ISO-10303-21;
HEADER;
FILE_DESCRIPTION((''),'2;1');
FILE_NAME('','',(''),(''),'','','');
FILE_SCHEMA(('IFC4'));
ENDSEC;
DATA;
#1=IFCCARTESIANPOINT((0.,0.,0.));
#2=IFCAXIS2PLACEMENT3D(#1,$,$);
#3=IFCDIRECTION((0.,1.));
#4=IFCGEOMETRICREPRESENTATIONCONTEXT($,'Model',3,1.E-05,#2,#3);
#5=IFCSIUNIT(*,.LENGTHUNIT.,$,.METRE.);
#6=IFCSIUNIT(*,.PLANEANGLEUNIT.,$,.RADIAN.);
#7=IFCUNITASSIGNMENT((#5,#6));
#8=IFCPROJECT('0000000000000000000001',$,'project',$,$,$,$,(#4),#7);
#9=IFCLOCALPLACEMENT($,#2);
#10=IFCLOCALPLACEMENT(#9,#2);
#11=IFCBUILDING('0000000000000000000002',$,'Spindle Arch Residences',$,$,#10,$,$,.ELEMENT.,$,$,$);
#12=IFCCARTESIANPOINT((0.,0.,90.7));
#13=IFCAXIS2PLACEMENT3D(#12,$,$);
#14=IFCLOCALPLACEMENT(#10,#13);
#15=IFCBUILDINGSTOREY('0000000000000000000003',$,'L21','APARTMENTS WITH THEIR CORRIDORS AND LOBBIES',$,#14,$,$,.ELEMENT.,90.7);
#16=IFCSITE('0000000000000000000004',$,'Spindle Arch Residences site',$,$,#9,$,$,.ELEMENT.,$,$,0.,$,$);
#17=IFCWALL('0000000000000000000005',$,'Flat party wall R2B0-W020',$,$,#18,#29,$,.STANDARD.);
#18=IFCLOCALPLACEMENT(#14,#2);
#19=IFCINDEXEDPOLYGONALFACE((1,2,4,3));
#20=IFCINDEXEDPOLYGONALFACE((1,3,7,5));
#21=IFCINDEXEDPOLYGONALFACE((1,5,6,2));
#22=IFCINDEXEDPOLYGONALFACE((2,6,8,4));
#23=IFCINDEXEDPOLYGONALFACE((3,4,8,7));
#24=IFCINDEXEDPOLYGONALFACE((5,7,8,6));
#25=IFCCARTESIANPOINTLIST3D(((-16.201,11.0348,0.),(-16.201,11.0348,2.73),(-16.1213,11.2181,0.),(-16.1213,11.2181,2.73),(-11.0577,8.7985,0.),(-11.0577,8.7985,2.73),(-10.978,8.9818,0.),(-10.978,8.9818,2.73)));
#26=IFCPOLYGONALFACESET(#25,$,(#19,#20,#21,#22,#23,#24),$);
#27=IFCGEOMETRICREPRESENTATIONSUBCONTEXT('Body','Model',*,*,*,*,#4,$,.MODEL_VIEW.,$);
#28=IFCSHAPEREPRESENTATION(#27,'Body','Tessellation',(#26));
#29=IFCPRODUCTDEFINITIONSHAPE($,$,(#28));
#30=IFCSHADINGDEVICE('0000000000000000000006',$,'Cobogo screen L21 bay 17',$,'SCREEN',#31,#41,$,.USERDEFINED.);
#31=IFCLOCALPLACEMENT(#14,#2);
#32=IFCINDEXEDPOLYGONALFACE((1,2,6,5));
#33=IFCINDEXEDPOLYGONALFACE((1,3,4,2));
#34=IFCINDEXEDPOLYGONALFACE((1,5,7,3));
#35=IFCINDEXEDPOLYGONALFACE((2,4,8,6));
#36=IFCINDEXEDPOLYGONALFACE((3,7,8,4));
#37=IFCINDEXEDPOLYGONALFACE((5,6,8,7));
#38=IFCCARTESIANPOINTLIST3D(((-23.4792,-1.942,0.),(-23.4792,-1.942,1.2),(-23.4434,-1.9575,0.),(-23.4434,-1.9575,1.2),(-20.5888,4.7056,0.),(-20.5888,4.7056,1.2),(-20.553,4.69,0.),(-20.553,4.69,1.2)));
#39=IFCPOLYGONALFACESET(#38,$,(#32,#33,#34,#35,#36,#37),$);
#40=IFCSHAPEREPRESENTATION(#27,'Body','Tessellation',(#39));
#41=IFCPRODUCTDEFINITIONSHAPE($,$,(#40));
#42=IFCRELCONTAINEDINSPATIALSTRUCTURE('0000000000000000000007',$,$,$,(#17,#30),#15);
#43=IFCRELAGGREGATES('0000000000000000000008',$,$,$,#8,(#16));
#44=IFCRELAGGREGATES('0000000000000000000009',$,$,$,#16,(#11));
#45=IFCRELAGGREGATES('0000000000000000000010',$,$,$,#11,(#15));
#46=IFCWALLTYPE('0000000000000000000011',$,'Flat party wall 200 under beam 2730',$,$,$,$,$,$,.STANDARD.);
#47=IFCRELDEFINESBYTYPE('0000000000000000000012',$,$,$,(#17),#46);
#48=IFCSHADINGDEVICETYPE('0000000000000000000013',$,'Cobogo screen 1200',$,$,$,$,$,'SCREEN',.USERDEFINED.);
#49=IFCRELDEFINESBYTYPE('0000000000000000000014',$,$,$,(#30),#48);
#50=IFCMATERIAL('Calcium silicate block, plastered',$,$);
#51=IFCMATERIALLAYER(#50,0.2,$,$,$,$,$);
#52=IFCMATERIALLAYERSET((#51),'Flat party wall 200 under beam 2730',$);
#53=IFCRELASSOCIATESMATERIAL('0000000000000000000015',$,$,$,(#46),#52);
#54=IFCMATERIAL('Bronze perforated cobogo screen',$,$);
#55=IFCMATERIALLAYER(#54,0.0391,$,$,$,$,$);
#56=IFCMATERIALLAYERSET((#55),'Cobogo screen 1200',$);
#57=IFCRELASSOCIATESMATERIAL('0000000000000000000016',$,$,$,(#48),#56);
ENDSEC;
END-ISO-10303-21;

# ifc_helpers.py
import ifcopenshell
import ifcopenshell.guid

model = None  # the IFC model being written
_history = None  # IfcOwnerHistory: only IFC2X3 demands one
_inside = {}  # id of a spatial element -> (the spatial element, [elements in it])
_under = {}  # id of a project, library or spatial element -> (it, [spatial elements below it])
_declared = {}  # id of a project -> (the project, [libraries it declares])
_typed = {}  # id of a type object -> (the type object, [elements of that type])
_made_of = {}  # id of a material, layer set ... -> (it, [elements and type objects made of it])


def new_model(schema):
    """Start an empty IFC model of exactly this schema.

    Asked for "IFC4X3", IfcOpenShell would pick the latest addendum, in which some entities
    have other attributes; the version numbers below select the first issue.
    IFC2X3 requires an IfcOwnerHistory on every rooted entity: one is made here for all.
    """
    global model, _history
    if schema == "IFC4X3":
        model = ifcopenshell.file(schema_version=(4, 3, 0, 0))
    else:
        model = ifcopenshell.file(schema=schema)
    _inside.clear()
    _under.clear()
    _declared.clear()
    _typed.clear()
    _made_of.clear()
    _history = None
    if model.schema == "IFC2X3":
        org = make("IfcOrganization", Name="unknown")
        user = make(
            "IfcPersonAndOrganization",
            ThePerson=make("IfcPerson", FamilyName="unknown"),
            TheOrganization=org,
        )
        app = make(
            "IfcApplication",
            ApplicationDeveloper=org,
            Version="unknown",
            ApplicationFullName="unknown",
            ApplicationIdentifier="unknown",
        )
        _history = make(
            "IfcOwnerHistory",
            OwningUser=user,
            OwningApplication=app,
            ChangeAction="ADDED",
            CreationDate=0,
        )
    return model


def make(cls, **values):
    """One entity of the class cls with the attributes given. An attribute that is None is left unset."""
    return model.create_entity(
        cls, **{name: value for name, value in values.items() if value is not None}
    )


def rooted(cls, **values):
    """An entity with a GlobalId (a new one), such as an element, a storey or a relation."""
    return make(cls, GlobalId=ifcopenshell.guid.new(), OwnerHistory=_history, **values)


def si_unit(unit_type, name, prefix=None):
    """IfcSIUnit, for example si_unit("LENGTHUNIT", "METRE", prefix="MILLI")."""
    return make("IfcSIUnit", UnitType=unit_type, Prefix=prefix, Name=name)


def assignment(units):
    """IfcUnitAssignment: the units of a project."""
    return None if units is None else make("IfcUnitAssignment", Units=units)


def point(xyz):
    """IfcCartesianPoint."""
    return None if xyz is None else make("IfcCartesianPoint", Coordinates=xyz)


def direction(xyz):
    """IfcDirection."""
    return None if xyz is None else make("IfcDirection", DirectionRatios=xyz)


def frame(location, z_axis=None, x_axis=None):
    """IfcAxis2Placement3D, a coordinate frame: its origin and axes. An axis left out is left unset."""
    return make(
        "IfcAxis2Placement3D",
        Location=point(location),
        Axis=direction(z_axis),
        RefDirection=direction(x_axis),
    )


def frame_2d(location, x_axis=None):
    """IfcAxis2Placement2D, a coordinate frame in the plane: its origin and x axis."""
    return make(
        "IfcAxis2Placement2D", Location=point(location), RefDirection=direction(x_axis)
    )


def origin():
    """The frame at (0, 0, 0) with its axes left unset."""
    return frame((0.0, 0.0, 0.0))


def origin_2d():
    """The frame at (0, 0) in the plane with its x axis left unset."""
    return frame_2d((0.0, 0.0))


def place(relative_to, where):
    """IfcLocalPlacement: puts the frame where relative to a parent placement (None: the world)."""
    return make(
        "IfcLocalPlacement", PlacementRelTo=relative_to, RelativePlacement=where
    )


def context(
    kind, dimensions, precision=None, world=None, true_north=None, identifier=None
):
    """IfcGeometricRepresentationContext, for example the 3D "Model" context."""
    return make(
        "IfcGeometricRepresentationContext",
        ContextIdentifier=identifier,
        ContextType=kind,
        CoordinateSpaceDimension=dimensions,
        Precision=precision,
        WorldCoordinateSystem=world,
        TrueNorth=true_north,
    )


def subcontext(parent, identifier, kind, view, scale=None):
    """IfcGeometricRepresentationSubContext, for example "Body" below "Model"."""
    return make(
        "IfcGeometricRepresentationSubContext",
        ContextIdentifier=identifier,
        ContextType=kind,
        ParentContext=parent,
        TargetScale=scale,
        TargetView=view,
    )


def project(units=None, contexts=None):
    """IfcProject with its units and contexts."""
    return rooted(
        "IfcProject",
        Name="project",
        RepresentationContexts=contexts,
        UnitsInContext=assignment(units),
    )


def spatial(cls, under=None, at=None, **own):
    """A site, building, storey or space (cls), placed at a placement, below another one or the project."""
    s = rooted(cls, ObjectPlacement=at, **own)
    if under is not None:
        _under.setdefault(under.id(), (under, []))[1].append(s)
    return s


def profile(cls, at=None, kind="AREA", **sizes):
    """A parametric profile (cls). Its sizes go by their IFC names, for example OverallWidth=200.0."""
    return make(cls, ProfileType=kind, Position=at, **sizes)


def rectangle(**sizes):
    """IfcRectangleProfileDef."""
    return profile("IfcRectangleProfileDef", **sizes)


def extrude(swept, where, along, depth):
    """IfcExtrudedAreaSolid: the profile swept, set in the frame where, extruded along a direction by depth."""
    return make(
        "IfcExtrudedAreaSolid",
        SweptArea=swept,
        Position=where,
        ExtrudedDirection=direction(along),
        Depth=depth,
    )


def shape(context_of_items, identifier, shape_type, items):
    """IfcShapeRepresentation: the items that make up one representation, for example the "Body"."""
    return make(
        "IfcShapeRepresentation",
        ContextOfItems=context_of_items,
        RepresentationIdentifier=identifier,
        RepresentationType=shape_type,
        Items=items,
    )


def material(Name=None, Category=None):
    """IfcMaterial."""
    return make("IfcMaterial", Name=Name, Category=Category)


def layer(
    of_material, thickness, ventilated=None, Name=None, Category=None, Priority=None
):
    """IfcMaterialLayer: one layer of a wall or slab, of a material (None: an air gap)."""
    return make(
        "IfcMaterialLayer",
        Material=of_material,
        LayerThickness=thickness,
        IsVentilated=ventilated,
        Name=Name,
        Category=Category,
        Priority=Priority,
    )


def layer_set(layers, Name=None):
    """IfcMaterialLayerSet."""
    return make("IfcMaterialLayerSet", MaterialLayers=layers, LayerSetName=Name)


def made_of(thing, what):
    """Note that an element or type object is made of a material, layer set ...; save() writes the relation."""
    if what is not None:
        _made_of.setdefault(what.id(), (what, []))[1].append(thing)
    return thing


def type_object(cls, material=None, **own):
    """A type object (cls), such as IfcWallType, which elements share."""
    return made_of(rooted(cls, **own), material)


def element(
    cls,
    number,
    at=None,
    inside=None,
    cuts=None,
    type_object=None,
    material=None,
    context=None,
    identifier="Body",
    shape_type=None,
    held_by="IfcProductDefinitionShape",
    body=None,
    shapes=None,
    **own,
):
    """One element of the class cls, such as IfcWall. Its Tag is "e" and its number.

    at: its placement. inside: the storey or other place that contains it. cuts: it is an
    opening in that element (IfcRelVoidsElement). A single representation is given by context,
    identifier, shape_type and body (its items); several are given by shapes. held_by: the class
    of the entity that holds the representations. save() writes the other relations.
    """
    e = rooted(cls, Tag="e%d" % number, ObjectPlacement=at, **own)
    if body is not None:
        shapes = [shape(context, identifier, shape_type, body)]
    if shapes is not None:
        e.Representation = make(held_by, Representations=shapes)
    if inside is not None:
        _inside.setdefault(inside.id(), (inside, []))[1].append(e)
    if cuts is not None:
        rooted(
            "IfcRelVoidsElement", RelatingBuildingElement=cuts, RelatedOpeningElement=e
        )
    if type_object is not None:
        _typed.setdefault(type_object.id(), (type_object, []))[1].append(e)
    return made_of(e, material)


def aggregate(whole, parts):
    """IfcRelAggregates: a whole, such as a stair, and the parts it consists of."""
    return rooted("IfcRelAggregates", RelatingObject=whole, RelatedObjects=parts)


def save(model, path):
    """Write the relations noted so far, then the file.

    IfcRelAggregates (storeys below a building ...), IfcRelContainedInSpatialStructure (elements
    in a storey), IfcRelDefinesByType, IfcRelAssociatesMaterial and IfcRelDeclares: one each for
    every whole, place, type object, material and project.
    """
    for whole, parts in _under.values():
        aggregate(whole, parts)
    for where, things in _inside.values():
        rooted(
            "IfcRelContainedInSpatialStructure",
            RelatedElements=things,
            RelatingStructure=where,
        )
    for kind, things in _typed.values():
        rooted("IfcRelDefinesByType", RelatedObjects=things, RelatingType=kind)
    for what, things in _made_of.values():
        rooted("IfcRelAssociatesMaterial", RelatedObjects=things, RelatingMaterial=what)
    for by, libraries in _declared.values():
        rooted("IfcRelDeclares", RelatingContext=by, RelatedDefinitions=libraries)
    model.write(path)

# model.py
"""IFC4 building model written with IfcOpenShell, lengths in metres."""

from ifc_helpers import new_model, si_unit, direction, frame, frame_2d, origin, origin_2d, place, context, subcontext, project, spatial, rectangle, extrude, material, layer, layer_set, type_object, element, save


model = new_model("IFC4")

# Units and contexts
model_context = context("Model", 3, precision=1e-05, world=origin(), true_north=direction((0.0, 1.0)))
body_context = subcontext(model_context, "Body", "Model", "MODEL_VIEW")
ifc_project = project(units=[si_unit("LENGTHUNIT", "METRE"), si_unit("PLANEANGLEUNIT", "RADIAN")], contexts=[model_context])

# Site, building, storey
site_placement = place(None, origin())
site = spatial("IfcSite", under=ifc_project, at=site_placement, Name="Spindle Arch Residences site", CompositionType="ELEMENT", RefElevation=0.0)
building_placement = place(site_placement, origin())
building = spatial("IfcBuilding", under=site, at=building_placement, Name="Spindle Arch Residences", CompositionType="ELEMENT")
storey_placement = place(building_placement, frame((0.0, 0.0, 90.7)))
storey = spatial("IfcBuildingStorey", under=building, at=storey_placement, Name="L21", Description="APARTMENTS WITH THEIR CORRIDORS AND LOBBIES", CompositionType="ELEMENT", Elevation=90.7)

# Wall
ifc_material_1 = material(Name="Calcium silicate block, plastered")
ifc_layer_1 = layer(ifc_material_1, 0.2)
ifc_layer_set_1 = layer_set([ifc_layer_1], Name="Flat party wall 200 under beam 2730")
wall_type_1 = type_object("IfcWallType", Name="Flat party wall 200 under beam 2730", PredefinedType="STANDARD", material=ifc_layer_set_1)
wall_1_placement = place(storey_placement, frame((-16.1611, 11.1265, 0.0), z_axis=(0.0, 0.0, 1.0), x_axis=(0.917063, -0.398742, 0.0)))
element("IfcWall", 1, at=wall_1_placement, inside=storey, type_object=wall_type_1, Name="Flat party wall R2B0-W020", PredefinedType="STANDARD", context=body_context, shape_type="SweptSolid", body=[
    extrude(rectangle(XDim=5.6084, YDim=0.2, at=frame_2d((2.8042, 0.0))), origin(), (0.0, 0.0, 1.0), 2.73),
])

# Shading device
ifc_material_2 = material(Name="Bronze perforated cobogo screen")
ifc_layer_2 = layer(ifc_material_2, 0.0391)
ifc_layer_set_2 = layer_set([ifc_layer_2], Name="Cobogo screen 1200")
shading_device_type = type_object("IfcShadingDeviceType", Name="Cobogo screen 1200", ElementType="SCREEN", PredefinedType="USERDEFINED", material=ifc_layer_set_2)
shading_device_placement = place(storey_placement, frame((-22.0161, 1.374, 0.0), z_axis=(0.0, 0.0, 1.0), x_axis=(-0.398749, -0.91706, 0.0)))
element("IfcShadingDevice", 2, at=shading_device_placement, inside=storey, type_object=shading_device_type, Name="Cobogo screen L21 bay 17", ObjectType="SCREEN", PredefinedType="USERDEFINED", context=body_context, shape_type="SweptSolid", body=[
    extrude(rectangle(XDim=7.2488, YDim=0.0391, at=origin_2d()), origin(), (0.0, 0.0, 1.0), 1.2),
])

save(model, "model.ifc")
